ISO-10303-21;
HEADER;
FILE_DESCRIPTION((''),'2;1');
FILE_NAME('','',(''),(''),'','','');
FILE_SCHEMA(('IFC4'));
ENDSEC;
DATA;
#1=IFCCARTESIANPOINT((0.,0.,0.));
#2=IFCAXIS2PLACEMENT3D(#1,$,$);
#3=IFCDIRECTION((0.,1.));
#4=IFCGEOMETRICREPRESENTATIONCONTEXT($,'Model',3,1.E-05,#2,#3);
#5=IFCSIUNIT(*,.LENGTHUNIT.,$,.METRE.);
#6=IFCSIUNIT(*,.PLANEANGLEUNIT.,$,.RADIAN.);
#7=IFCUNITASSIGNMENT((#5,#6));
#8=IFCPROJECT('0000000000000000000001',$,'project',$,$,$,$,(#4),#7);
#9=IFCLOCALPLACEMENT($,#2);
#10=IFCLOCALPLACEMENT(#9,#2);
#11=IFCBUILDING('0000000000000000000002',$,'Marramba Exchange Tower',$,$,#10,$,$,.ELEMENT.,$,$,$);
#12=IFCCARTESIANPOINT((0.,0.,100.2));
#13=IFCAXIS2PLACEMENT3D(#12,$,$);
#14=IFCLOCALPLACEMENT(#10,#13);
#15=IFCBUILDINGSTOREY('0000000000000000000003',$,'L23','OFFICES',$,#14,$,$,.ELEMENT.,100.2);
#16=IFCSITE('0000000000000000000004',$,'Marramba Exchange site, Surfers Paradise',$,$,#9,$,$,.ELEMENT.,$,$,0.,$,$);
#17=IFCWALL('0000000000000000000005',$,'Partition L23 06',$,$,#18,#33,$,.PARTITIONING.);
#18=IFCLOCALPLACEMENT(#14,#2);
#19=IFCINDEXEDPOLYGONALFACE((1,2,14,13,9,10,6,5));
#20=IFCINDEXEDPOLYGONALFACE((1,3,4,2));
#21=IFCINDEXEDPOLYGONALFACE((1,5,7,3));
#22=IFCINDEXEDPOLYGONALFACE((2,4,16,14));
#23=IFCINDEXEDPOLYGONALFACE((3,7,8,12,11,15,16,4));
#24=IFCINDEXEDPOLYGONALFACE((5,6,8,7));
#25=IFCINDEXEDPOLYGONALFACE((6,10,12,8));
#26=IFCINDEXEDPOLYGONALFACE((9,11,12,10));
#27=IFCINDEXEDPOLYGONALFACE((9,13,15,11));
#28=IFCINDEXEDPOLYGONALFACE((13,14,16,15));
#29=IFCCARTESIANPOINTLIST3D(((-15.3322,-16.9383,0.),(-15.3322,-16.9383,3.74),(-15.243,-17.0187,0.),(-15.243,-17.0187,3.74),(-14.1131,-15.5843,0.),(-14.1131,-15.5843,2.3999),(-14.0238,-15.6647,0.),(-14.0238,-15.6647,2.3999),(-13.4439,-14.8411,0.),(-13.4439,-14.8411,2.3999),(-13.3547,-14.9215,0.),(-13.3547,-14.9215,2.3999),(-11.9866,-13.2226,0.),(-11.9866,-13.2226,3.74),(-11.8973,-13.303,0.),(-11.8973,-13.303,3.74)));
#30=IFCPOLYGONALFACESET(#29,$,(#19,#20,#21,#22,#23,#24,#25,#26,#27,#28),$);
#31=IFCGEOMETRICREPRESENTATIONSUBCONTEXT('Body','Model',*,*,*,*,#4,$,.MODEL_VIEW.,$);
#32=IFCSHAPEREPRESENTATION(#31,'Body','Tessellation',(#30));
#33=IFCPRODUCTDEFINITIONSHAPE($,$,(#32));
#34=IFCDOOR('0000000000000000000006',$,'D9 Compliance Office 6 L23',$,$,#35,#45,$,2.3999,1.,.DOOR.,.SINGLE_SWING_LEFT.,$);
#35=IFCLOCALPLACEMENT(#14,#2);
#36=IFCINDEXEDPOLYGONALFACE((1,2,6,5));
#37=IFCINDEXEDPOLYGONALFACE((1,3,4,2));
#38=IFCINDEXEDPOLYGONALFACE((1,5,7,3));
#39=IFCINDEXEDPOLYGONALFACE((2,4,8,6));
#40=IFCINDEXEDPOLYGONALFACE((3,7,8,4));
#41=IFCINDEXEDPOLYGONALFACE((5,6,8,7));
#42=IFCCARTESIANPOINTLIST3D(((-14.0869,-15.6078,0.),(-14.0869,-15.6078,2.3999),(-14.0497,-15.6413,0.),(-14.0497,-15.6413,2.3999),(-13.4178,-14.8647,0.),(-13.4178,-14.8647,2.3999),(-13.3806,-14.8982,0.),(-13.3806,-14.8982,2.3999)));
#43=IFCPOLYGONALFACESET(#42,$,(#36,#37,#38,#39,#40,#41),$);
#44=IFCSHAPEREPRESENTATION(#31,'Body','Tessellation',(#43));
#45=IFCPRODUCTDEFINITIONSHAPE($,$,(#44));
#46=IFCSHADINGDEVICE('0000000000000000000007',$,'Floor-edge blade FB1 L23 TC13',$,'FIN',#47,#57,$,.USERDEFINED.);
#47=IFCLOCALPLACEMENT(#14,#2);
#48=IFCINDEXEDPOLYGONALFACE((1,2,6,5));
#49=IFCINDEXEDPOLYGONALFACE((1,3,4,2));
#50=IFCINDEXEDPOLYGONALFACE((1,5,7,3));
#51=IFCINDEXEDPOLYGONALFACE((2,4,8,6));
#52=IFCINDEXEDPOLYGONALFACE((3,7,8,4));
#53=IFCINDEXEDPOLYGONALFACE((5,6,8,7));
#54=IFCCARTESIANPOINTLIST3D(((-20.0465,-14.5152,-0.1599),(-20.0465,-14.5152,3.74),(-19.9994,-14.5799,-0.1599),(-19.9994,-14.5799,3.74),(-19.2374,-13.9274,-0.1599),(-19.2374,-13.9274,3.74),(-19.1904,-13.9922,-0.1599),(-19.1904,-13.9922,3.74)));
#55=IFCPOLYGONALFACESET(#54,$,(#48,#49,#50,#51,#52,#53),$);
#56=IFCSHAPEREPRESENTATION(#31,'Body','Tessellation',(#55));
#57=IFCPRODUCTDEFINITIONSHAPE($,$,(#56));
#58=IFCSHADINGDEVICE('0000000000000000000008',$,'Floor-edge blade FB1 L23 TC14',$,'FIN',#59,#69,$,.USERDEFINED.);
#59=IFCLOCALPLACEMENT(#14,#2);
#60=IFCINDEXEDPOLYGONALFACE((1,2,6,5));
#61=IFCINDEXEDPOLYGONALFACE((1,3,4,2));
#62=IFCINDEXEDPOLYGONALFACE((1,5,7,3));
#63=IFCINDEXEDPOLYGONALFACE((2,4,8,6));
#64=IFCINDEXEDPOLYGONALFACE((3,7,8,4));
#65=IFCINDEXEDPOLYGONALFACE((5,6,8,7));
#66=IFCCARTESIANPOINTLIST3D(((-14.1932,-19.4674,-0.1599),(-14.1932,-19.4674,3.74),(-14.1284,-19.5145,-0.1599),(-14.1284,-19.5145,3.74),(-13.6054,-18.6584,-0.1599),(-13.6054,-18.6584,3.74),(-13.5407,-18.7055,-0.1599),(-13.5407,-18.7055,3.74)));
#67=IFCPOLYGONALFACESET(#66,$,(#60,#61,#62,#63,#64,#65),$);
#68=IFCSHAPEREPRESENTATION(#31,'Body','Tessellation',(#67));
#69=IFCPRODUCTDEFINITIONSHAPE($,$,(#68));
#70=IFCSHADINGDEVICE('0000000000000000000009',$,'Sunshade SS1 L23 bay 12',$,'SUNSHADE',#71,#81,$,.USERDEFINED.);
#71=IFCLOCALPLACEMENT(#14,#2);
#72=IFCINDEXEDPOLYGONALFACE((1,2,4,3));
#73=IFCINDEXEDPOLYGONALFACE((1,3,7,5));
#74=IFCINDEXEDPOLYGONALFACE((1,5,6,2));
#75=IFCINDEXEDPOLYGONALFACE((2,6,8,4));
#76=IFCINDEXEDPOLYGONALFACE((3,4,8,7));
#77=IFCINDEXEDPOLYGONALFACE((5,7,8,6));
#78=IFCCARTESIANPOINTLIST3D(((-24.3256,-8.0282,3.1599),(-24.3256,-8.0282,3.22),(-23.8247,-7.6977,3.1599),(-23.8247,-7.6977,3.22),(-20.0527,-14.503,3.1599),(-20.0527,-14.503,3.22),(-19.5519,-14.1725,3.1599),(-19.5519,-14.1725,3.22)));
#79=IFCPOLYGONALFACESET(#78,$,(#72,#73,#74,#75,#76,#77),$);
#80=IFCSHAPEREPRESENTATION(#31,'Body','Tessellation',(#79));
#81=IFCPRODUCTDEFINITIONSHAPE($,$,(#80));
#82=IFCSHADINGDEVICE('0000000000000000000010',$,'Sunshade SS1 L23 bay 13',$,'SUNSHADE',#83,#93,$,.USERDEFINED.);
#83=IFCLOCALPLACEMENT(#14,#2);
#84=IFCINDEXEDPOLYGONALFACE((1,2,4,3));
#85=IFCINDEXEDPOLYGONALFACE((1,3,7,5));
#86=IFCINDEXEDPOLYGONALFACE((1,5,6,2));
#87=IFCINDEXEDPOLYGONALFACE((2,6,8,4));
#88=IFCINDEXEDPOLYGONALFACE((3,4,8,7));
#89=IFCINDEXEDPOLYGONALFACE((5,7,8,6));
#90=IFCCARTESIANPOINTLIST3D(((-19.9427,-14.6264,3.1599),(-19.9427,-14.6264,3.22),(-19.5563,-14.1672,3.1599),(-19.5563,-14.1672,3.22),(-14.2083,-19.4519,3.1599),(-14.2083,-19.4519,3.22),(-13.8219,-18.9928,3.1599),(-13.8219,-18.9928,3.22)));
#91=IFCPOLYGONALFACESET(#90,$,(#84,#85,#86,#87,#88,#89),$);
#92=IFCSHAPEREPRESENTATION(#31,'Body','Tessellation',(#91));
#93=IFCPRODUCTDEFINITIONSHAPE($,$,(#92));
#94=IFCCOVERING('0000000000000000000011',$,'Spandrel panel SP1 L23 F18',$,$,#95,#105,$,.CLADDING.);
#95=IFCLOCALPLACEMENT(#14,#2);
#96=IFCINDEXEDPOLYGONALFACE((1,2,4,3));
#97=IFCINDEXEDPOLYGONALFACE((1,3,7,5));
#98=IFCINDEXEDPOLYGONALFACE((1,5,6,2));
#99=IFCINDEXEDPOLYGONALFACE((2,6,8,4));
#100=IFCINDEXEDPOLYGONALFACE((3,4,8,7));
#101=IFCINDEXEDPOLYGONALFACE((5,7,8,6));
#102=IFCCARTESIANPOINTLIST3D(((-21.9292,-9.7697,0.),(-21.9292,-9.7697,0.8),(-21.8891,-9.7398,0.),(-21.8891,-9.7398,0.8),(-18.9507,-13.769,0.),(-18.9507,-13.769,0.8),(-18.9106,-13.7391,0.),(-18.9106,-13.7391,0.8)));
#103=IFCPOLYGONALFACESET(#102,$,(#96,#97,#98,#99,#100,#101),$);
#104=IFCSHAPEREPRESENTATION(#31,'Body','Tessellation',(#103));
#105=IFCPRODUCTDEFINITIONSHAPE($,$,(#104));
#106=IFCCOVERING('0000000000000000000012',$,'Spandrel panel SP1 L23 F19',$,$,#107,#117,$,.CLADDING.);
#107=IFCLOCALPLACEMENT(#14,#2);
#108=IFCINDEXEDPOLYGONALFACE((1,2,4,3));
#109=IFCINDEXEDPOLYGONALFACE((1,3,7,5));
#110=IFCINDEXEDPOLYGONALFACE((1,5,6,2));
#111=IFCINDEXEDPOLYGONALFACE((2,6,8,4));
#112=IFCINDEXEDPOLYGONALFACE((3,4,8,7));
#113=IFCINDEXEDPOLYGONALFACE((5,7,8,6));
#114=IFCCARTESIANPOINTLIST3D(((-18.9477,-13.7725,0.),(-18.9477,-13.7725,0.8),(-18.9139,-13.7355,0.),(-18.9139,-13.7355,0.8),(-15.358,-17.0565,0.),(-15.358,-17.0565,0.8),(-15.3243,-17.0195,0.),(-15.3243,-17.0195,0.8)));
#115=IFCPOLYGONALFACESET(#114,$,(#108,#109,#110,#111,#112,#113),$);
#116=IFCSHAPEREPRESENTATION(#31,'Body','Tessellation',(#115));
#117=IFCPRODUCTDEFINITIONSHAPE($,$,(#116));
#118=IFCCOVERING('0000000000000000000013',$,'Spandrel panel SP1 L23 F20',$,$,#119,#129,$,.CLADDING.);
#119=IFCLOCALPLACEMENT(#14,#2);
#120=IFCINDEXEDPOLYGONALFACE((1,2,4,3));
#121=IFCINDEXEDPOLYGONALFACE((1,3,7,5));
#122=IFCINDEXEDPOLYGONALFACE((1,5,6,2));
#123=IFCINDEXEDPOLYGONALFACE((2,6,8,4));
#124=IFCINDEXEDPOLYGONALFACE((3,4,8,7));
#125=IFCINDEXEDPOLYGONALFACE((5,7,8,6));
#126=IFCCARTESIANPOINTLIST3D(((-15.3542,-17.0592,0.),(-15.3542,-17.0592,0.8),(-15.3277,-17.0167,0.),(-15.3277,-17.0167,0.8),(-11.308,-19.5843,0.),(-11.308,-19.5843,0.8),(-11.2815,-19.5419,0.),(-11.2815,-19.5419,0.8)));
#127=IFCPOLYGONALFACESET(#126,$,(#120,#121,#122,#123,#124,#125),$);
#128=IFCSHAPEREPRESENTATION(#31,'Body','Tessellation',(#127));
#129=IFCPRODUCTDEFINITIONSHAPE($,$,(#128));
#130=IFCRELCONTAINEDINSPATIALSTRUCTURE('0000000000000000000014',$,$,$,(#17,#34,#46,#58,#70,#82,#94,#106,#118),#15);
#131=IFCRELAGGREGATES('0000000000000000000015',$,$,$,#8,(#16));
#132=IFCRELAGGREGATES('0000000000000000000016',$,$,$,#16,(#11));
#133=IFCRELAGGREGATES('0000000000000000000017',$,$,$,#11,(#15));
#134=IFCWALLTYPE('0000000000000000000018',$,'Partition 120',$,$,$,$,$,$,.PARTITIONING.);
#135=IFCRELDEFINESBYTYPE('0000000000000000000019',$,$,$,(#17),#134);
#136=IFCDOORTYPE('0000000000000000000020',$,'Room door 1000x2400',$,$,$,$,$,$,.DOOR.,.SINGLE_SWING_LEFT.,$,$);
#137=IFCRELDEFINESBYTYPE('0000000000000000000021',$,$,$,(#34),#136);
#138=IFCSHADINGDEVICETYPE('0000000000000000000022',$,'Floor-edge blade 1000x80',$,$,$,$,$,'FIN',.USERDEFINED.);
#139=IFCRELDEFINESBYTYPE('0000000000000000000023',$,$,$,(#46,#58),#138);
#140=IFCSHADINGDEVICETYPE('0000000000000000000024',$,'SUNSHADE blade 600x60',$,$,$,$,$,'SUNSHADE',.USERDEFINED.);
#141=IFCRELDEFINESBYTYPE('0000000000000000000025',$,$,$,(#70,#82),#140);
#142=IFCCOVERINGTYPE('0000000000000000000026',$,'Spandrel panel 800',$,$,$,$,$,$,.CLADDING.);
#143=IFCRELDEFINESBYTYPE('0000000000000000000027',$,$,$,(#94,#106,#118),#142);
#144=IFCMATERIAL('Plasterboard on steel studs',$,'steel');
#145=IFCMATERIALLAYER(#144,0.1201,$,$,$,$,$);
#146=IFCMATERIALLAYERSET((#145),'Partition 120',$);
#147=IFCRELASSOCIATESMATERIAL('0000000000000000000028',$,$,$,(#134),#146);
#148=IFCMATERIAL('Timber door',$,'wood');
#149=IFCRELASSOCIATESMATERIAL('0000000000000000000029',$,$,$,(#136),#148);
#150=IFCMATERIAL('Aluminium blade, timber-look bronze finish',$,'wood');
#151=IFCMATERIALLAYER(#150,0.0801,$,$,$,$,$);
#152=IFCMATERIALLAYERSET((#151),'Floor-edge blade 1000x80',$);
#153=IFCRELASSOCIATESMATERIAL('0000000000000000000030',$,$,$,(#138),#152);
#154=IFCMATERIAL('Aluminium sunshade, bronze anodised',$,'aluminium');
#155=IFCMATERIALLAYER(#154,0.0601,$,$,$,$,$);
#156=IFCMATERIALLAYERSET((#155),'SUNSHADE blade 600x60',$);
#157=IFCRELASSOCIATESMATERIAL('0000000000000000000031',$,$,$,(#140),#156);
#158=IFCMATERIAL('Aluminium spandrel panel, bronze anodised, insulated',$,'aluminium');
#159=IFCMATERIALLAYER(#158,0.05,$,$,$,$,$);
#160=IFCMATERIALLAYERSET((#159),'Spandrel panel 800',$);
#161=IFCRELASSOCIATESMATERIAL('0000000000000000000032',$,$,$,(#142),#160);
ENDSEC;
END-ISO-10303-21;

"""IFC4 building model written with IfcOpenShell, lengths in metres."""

from ifc_helpers import new_model, si_unit, direction, frame, frame_2d, origin, origin_2d, place, context, subcontext, project, spatial, rectangle, extrude, material, layer, layer_set, type_object, element, fill, save


model = new_model("IFC4")

# Units and contexts
model_context = context("Model", 3, precision=1e-05, world=origin(), true_north=direction((0.0, 1.0)))
body_context = subcontext(model_context, "Body", "Model", "MODEL_VIEW")
ifc_project = project(units=[si_unit("LENGTHUNIT", "METRE"), si_unit("PLANEANGLEUNIT", "RADIAN")], contexts=[model_context])

# Site, building, storey
site_placement = place(None, origin())
site = spatial("IfcSite", under=ifc_project, at=site_placement, Name="Marramba Exchange site, Surfers Paradise", CompositionType="ELEMENT", RefElevation=0.0)
building_placement = place(site_placement, origin())
building = spatial("IfcBuilding", under=site, at=building_placement, Name="Marramba Exchange Tower", CompositionType="ELEMENT")
storey_placement = place(building_placement, frame((0.0, 0.0, 100.2)))
storey = spatial("IfcBuildingStorey", under=building, at=storey_placement, Name="L23", Description="OFFICES", CompositionType="ELEMENT", Elevation=100.2)

# Shared definitions
ifc_material_1 = material(Name="Plasterboard on steel studs", Category="steel")
ifc_layer_1 = layer(ifc_material_1, 0.1201)
ifc_layer_set_1 = layer_set([ifc_layer_1], Name="Partition 120")
wall_type = type_object("IfcWallType", Name="Partition 120", PredefinedType="PARTITIONING", material=ifc_layer_set_1)
ifc_material_2 = material(Name="Timber door", Category="wood")
door_type = type_object("IfcDoorType", Name="Room door 1000x2400", OperationType="SINGLE_SWING_LEFT", PredefinedType="DOOR", material=ifc_material_2)

# Wall, opening, door
wall_1_placement = place(storey_placement, frame((-15.2876, -16.9785, 0.0), z_axis=(0.0, 0.0, 1.0), x_axis=(0.669127, 0.743148, 0.0)))
wall_1 = element("IfcWall", 1, at=wall_1_placement, inside=storey, type_object=wall_type, Name="Partition L23 06", PredefinedType="PARTITIONING", context=body_context, shape_type="SweptSolid", body=[
    extrude(rectangle(XDim=5.0, YDim=0.1201, at=frame_2d((2.5, 0.0))), origin(), (0.0, 0.0, 1.0), 3.74),
])
opening_1_placement = place(wall_1_placement, frame((1.822, 0.0, 0.0)))
opening_1 = element("IfcOpeningElement", 2, at=opening_1_placement, cuts=wall_1, PredefinedType="OPENING", context=body_context, shape_type="SweptSolid", body=[
    extrude(rectangle(XDim=1.0, YDim=2.3999, at=frame_2d((0.5, 1.2))), frame((0.0, 0.0701, 0.0), z_axis=(0.0, -1.0, 0.0), x_axis=(1.0, 0.0, 0.0)), (0.0, 0.0, 1.0), 0.1401),
])
door_1_placement = place(opening_1_placement, origin())
door_1 = element("IfcDoor", 3, at=door_1_placement, inside=storey, type_object=door_type, Name="D9 Compliance Office 6 L23", OperationType="SINGLE_SWING_LEFT", OverallHeight=2.3999, OverallWidth=1.0, PredefinedType="DOOR", context=body_context, shape_type="SweptSolid", body=[
    extrude(rectangle(XDim=1.0, YDim=2.3999, at=frame_2d((0.5, 1.2))), frame((0.0, 0.0249, 0.0), z_axis=(0.0, -1.0, 0.0), x_axis=(1.0, 0.0, 0.0)), (0.0, 0.0, 1.0), 0.05),
])
fill(opening_1, door_1)

# Shading devices
ifc_material_3 = material(Name="Aluminium blade, timber-look bronze finish", Category="wood")
ifc_layer_2 = layer(ifc_material_3, 0.0801)
ifc_layer_set_2 = layer_set([ifc_layer_2], Name="Floor-edge blade 1000x80")
shading_device_type_1 = type_object("IfcShadingDeviceType", Name="Floor-edge blade 1000x80", ElementType="FIN", PredefinedType="USERDEFINED", material=ifc_layer_set_2)
for number, where, z_axis, x_axis, name in (
    (4, (-19.6184, -14.2537, -0.1599), (0.0, 0.0, 1.0), (-0.809017, -0.587785, 0.0), "Floor-edge blade FB1 L23 TC13"),
    (5, (-13.8669, -19.0864, -0.1599), (0.0, 0.0, 1.0), (-0.587785, -0.809017, 0.0), "Floor-edge blade FB1 L23 TC14"),
):
    element("IfcShadingDevice", number, at=place(storey_placement, frame(where, z_axis=z_axis, x_axis=x_axis)), inside=storey, type_object=shading_device_type_1, Name=name, ObjectType="FIN", PredefinedType="USERDEFINED", context=body_context, shape_type="SweptSolid", body=[
        extrude(rectangle(XDim=1.0, YDim=0.0801, at=origin_2d()), origin(), (0.0, 0.0, 1.0), 3.8999),
    ])
ifc_material_4 = material(Name="Aluminium sunshade, bronze anodised", Category="aluminium")
ifc_layer_3 = layer(ifc_material_4, 0.0601)
ifc_layer_set_3 = layer_set([ifc_layer_3], Name="SUNSHADE blade 600x60")
shading_device_type_2 = type_object("IfcShadingDeviceType", Name="SUNSHADE blade 600x60", ElementType="SUNSHADE", PredefinedType="USERDEFINED", material=ifc_layer_set_3)
shading_device_1_placement = place(storey_placement, frame((-21.9387, -11.1003, 3.1599), z_axis=(0.0, 0.0, 1.0), x_axis=(0.550792, -0.834642, 0.0)))
element("IfcShadingDevice", 6, at=shading_device_1_placement, inside=storey, type_object=shading_device_type_2, Name="Sunshade SS1 L23 bay 12", ObjectType="SUNSHADE", PredefinedType="USERDEFINED", context=body_context, shape_type="SweptSolid", body=[
    extrude(rectangle(XDim=7.7576, YDim=0.6001, at=origin_2d()), origin(), (0.0, 0.0, 1.0), 0.0601),
])
shading_device_2_placement = place(storey_placement, frame((-16.8823, -16.8096, 3.1599), z_axis=(0.0, 0.0, 1.0), x_axis=(0.765139, -0.643866, 0.0)))
element("IfcShadingDevice", 7, at=shading_device_2_placement, inside=storey, type_object=shading_device_type_2, Name="Sunshade SS1 L23 bay 13", ObjectType="SUNSHADE", PredefinedType="USERDEFINED", context=body_context, shape_type="SweptSolid", body=[
    extrude(rectangle(XDim=7.4946, YDim=0.6001, at=origin_2d()), origin(), (0.0, 0.0, 1.0), 0.0601),
])

# Coverings
ifc_material_5 = material(Name="Aluminium spandrel panel, bronze anodised, insulated", Category="aluminium")
ifc_layer_4 = layer(ifc_material_5, 0.05)
ifc_layer_set_4 = layer_set([ifc_layer_4], Name="Spandrel panel 800")
covering_type = type_object("IfcCoveringType", Name="Spandrel panel 800", PredefinedType="CLADDING", material=ifc_layer_set_4)
covering_1_placement = place(storey_placement, frame((-20.4199, -11.7544, 0.0), z_axis=(0.0, 0.0, 1.0), x_axis=(0.597305, -0.802014, 0.0)))
element("IfcCovering", 8, at=covering_1_placement, inside=storey, type_object=covering_type, Name="Spandrel panel SP1 L23 F18", PredefinedType="CLADDING", context=body_context, shape_type="SweptSolid", body=[
    extrude(rectangle(XDim=4.9866, YDim=0.05, at=origin_2d()), origin(), (0.0, 0.0, 1.0), 0.8),
])
covering_2_placement = place(storey_placement, frame((-17.136, -15.396, 0.0), z_axis=(0.0, 0.0, 1.0), x_axis=(0.737822, -0.674995, 0.0)))
element("IfcCovering", 9, at=covering_2_placement, inside=storey, type_object=covering_type, Name="Spandrel panel SP1 L23 F19", PredefinedType="CLADDING", context=body_context, shape_type="SweptSolid", body=[
    extrude(rectangle(XDim=4.8652, YDim=0.05, at=origin_2d()), origin(), (0.0, 0.0, 1.0), 0.8),
])
covering_3_placement = place(storey_placement, frame((-13.3179, -18.3005, 0.0), z_axis=(0.0, 0.0, 1.0), x_axis=(0.848355, -0.529428, 0.0)))
element("IfcCovering", 10, at=covering_3_placement, inside=storey, type_object=covering_type, Name="Spandrel panel SP1 L23 F20", PredefinedType="CLADDING", context=body_context, shape_type="SweptSolid", body=[
    extrude(rectangle(XDim=4.7695, YDim=0.05, at=origin_2d()), origin(), (0.0, 0.0, 1.0), 0.8),
])

save(model, "model.ifc")
